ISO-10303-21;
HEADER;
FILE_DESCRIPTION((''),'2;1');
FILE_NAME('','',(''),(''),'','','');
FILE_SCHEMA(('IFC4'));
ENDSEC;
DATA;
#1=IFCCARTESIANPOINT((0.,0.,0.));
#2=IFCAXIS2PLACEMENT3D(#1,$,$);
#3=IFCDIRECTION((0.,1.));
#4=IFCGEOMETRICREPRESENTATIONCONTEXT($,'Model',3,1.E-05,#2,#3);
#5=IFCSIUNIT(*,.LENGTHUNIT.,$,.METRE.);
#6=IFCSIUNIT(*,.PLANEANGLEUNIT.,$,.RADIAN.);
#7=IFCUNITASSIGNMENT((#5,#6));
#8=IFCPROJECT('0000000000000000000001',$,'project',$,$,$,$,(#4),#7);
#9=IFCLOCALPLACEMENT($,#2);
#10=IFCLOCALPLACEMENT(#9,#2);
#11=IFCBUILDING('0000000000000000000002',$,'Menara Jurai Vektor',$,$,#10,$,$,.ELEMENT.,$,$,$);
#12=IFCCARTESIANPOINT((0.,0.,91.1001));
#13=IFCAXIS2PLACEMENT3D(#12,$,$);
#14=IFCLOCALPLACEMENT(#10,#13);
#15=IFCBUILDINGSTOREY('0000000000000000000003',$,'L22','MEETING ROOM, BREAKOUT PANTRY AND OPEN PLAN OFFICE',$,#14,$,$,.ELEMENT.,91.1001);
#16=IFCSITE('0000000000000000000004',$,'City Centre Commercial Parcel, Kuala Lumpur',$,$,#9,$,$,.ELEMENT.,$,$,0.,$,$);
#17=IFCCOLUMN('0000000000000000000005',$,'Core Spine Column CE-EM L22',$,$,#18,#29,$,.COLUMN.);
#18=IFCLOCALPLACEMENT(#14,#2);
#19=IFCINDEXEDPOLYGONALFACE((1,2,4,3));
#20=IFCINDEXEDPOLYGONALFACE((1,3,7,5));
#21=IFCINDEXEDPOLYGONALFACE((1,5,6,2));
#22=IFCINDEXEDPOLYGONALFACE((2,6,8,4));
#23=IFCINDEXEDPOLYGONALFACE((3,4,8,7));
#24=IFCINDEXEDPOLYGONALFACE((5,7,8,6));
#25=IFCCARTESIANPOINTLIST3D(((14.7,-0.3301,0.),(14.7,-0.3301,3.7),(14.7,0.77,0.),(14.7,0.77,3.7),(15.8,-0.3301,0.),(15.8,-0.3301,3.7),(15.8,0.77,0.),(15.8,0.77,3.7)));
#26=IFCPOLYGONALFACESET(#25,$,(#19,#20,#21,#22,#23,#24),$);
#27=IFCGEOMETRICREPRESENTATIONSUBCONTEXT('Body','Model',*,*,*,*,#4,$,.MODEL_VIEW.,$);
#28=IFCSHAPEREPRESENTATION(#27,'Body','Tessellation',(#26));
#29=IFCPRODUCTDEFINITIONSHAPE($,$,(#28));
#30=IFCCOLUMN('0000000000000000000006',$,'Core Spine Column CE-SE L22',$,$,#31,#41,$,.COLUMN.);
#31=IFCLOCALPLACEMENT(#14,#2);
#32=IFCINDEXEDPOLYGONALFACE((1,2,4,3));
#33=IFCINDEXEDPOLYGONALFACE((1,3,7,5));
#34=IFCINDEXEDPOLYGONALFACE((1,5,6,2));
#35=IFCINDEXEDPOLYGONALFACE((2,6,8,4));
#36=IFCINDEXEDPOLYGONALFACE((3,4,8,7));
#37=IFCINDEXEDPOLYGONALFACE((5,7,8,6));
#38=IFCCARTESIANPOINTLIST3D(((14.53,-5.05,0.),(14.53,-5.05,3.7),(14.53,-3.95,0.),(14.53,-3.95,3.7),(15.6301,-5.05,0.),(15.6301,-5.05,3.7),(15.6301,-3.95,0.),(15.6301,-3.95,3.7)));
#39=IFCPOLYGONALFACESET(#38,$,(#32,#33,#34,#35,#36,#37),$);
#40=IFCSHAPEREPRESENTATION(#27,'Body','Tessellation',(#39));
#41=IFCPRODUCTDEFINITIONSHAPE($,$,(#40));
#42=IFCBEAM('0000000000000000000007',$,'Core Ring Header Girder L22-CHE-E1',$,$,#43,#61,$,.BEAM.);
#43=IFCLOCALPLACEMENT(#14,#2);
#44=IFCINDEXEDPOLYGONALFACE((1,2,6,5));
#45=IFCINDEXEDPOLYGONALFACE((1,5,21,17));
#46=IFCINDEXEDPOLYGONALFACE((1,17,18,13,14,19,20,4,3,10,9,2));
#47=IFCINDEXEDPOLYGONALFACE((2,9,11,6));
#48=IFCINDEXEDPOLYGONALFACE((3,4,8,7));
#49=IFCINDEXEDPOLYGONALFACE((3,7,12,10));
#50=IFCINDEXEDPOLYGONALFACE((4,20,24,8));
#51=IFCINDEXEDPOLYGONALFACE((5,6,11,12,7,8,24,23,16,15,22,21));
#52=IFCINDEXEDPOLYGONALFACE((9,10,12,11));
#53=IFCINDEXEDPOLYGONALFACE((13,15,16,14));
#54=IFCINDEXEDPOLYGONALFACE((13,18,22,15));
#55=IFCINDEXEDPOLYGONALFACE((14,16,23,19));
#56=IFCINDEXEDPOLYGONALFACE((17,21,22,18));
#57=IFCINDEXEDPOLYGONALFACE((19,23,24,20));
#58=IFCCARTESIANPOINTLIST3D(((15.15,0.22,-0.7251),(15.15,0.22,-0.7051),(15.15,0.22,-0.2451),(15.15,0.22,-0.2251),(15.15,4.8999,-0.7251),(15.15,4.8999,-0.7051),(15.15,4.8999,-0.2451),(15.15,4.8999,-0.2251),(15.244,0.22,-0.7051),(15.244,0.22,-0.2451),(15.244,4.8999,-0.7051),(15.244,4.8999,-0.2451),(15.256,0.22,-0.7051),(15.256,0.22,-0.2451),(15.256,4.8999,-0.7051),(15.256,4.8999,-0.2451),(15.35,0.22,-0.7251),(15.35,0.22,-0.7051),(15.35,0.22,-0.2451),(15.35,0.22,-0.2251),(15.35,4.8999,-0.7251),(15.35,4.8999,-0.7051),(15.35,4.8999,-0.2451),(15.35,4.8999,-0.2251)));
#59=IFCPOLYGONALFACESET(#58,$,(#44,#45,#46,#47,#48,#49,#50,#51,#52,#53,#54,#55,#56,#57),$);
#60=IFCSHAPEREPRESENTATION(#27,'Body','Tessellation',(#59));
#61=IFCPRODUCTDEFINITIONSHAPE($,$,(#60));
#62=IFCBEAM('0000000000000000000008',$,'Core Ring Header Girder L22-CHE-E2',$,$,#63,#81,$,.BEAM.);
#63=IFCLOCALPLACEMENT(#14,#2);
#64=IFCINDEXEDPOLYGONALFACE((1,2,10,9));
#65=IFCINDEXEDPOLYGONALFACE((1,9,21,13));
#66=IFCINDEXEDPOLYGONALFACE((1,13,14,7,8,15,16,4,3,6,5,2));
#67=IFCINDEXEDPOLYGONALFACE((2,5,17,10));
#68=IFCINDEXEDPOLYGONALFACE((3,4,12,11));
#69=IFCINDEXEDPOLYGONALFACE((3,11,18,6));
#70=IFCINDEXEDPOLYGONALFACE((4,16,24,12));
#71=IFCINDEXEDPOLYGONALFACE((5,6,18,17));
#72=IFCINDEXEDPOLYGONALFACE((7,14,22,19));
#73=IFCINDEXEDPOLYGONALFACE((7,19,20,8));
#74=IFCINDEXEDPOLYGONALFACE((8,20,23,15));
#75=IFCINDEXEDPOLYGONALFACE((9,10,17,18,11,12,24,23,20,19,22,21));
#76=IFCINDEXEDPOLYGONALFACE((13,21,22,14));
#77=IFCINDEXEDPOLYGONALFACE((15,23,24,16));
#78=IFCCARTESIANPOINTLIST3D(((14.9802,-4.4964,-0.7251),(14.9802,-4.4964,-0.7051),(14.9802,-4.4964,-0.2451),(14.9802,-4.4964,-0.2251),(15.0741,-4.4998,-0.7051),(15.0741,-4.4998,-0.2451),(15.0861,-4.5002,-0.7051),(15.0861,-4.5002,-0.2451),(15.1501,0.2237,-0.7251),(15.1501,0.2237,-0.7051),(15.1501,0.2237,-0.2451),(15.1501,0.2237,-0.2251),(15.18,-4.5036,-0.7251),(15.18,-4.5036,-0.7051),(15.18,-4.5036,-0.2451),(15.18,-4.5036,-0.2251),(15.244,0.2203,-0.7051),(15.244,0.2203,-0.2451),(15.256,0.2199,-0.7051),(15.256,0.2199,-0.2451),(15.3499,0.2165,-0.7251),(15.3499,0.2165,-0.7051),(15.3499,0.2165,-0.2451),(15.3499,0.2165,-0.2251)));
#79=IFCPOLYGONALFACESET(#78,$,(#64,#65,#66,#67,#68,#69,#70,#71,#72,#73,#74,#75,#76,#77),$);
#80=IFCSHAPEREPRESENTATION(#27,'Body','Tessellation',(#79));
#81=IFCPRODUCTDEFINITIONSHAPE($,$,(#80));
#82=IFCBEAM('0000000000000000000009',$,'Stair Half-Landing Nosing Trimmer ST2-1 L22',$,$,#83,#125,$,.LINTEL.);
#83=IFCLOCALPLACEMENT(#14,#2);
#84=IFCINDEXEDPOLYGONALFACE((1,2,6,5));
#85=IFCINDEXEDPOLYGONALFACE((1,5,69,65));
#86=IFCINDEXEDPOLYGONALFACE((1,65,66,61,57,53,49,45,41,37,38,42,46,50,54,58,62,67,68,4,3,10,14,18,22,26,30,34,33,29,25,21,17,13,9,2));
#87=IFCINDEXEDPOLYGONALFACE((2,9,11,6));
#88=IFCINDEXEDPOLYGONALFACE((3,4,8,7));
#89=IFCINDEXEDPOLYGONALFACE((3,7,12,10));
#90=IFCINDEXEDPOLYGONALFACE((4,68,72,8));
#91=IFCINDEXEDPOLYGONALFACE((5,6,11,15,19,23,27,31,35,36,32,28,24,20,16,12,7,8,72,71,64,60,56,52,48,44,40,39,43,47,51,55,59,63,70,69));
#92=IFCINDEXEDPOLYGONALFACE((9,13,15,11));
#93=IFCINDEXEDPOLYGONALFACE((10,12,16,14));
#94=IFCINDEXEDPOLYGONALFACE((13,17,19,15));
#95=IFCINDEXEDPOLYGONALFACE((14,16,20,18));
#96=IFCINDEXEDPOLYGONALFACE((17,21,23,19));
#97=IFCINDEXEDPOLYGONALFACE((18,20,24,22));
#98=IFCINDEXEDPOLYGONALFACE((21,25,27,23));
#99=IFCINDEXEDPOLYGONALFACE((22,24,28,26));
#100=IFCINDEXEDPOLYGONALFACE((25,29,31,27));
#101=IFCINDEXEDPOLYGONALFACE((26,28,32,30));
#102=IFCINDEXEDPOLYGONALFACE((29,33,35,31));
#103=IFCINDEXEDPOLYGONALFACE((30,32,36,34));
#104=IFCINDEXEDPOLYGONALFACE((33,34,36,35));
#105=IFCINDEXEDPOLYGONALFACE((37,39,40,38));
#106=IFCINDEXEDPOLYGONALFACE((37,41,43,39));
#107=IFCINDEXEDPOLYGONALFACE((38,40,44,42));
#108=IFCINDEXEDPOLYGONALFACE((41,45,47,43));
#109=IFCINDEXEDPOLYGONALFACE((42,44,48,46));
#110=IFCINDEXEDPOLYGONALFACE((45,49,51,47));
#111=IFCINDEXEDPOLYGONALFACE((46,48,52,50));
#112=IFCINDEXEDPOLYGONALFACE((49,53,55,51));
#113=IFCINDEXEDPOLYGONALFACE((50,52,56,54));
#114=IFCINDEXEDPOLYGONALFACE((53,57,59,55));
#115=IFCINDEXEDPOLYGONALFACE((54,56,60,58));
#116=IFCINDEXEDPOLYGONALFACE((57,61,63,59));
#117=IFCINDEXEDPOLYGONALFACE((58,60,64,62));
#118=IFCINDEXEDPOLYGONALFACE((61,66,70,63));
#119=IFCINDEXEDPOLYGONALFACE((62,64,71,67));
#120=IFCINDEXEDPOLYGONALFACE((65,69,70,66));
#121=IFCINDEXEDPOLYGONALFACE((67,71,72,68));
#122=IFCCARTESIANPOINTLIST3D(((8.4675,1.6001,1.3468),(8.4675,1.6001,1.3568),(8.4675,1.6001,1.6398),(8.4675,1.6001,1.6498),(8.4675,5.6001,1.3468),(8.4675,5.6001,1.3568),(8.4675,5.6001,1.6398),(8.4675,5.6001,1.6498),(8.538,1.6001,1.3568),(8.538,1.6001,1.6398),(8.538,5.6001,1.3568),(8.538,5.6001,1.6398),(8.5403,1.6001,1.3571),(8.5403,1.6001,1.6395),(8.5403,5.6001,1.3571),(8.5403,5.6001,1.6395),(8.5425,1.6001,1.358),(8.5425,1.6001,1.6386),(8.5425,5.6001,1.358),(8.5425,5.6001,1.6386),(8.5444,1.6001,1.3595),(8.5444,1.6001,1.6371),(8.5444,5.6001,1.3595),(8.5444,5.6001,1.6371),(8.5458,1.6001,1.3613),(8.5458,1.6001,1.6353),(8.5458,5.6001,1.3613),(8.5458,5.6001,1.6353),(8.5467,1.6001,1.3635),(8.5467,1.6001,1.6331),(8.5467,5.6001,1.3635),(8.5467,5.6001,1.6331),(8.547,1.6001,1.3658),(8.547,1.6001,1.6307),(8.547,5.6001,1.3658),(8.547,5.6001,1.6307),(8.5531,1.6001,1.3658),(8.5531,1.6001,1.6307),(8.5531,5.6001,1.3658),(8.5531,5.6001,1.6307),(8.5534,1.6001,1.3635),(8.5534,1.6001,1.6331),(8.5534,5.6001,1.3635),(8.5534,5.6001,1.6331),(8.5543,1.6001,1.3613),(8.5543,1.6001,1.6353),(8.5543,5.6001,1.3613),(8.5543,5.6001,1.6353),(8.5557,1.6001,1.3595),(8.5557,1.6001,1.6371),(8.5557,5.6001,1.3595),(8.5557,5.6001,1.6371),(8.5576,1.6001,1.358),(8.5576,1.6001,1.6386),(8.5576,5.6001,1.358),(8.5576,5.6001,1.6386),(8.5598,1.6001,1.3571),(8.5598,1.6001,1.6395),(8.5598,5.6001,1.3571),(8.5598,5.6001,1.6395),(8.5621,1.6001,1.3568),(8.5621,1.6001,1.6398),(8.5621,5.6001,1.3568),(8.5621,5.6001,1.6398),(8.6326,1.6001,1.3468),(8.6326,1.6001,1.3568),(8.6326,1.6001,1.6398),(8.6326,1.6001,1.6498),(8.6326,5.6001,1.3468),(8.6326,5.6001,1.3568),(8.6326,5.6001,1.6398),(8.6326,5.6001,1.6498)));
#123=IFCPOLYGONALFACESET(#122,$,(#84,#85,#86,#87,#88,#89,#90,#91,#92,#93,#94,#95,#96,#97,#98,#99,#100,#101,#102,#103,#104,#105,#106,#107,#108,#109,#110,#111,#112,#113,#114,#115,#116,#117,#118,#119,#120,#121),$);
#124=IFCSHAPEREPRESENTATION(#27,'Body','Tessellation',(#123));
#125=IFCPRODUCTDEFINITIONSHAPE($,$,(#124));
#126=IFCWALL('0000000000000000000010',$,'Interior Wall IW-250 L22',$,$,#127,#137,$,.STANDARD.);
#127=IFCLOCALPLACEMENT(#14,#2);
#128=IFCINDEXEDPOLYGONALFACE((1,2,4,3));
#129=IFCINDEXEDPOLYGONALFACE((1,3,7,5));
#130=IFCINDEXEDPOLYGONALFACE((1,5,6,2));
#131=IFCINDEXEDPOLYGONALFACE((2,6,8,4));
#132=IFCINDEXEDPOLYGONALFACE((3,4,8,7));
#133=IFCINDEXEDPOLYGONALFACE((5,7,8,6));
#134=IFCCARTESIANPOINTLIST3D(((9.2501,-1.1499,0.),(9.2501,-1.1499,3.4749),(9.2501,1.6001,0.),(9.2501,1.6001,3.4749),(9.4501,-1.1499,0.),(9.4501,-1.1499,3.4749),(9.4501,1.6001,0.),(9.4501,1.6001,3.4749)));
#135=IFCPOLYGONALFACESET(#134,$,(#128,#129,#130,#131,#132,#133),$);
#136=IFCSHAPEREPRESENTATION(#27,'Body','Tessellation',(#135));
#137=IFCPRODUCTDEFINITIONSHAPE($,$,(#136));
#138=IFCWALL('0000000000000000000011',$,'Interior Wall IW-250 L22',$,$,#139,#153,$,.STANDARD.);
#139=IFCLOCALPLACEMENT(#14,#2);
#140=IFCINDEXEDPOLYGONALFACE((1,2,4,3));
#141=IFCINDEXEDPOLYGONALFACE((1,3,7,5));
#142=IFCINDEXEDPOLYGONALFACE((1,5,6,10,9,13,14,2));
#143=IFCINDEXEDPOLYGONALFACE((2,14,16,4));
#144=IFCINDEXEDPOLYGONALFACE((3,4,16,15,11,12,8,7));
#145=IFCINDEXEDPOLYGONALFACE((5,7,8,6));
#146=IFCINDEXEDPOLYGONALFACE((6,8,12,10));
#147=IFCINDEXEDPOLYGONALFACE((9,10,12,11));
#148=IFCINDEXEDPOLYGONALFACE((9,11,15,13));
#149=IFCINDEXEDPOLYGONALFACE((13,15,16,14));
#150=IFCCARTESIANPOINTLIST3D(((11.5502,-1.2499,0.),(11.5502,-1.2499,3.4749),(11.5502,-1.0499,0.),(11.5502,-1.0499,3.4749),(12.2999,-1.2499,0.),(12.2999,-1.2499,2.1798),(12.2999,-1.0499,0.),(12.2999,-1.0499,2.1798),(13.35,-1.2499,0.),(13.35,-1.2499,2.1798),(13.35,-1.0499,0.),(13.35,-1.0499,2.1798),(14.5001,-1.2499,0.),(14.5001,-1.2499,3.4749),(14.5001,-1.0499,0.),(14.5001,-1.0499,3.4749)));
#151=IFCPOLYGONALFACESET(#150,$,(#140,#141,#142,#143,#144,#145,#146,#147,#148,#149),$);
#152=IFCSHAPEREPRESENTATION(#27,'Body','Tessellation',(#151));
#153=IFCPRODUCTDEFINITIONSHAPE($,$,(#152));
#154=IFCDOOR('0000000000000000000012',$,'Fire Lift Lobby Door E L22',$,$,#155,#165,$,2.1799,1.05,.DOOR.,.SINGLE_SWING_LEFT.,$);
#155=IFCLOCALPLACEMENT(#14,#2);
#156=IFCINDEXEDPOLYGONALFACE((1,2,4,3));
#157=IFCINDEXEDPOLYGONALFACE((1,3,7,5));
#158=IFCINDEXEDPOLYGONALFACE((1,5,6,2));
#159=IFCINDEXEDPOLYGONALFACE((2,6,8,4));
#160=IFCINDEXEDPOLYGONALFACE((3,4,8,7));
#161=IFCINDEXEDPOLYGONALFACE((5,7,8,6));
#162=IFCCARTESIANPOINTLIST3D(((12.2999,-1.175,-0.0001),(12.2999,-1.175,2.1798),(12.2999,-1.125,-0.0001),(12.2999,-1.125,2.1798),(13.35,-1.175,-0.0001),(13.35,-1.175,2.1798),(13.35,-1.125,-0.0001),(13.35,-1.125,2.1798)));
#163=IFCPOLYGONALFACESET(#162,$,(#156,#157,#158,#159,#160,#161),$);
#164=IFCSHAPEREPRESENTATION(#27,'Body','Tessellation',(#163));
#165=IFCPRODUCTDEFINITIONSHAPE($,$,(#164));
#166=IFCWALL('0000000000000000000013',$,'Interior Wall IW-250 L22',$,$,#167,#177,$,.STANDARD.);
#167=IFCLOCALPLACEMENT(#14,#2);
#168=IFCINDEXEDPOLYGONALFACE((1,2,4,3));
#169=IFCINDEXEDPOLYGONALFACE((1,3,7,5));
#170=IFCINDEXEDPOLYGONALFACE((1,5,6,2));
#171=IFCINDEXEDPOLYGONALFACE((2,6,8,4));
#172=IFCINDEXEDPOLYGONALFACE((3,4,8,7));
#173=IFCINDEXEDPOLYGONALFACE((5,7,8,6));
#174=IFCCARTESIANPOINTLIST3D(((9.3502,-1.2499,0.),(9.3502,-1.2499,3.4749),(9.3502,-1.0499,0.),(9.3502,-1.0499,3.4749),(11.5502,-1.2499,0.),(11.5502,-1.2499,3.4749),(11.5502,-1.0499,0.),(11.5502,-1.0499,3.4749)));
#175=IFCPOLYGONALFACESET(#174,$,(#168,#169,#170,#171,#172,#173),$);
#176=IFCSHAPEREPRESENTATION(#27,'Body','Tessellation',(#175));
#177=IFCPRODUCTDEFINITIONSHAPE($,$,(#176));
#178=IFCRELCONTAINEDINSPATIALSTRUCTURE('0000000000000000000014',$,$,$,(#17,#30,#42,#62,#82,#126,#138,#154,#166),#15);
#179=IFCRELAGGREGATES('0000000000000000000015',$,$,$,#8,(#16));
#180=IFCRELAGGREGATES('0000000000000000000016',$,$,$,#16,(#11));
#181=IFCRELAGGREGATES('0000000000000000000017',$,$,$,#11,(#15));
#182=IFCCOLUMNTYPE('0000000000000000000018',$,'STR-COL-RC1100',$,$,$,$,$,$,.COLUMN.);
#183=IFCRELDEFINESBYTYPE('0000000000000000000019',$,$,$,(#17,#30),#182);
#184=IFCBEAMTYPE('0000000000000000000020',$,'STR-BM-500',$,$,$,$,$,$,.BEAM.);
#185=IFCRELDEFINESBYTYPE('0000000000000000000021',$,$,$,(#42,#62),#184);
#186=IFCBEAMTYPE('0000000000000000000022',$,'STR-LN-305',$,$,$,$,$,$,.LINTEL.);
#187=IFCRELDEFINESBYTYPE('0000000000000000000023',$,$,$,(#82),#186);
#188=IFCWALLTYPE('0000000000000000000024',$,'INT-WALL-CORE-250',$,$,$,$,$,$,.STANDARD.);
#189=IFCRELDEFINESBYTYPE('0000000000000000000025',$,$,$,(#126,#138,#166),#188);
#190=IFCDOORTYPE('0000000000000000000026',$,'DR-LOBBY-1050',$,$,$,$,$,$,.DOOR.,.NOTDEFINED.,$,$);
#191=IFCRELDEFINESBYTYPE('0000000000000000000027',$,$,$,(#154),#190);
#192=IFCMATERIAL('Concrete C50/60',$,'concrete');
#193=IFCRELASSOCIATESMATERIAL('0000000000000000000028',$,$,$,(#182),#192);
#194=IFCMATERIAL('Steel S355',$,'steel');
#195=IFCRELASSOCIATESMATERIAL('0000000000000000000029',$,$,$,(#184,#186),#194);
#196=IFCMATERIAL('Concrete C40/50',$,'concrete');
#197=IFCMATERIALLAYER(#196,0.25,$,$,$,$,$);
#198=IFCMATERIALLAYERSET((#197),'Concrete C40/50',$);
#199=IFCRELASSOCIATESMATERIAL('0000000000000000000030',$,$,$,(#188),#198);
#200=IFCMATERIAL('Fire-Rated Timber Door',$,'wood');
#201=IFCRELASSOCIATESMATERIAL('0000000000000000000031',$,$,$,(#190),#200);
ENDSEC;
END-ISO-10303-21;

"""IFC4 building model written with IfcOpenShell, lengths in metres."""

from ifc_helpers import new_model, si_unit, direction, frame, frame_2d, origin, origin_2d, place, context, subcontext, project, spatial, rectangle, i_section, extrude, material, layer, layer_set, material_profile, profile_set, type_object, element, fill, save


model = new_model("IFC4")

# Units and contexts
model_context = context("Model", 3, precision=1e-05, world=origin(), true_north=direction((0.0, 1.0)))
body_context = subcontext(model_context, "Body", "Model", "MODEL_VIEW")
ifc_project = project(units=[si_unit("LENGTHUNIT", "METRE"), si_unit("PLANEANGLEUNIT", "RADIAN")], contexts=[model_context])

# Site, building, storey
site_placement = place(None, origin())
site = spatial("IfcSite", under=ifc_project, at=site_placement, Name="City Centre Commercial Parcel, Kuala Lumpur", CompositionType="ELEMENT", RefElevation=0.0)
building_placement = place(site_placement, origin())
building = spatial("IfcBuilding", under=site, at=building_placement, Name="Menara Jurai Vektor", CompositionType="ELEMENT")
storey_placement = place(building_placement, frame((0.0, 0.0, 91.1001)))
storey = spatial("IfcBuildingStorey", under=building, at=storey_placement, Name="L22", Description="MEETING ROOM, BREAKOUT PANTRY AND OPEN PLAN OFFICE", CompositionType="ELEMENT", Elevation=91.1001)

# Columns
ifc_material_1 = material(Name="Concrete C50/60", Category="concrete")
ifc_material_profile_1 = material_profile(ifc_material_1, rectangle(XDim=1.1001, YDim=1.1001, at=origin_2d()), Name="RC 1100x1100")
ifc_profile_set_1 = profile_set([ifc_material_profile_1], Name="Concrete C50/60")
column_type = type_object("IfcColumnType", Name="STR-COL-RC1100", PredefinedType="COLUMN", material=ifc_profile_set_1)
for number, where, z_axis, x_axis, name in (
    (1, (15.25, 0.22, 0.0), (0.0, 0.0, 1.0), (1.0, 0.0, 0.0), "Core Spine Column CE-EM L22"),
    (2, (15.0801, -4.5, 0.0), (0.0, 0.0, 1.0), (1.0, 0.0, 0.0), "Core Spine Column CE-SE L22"),
):
    element("IfcColumn", number, at=place(storey_placement, frame(where, z_axis=z_axis, x_axis=x_axis)), inside=storey, type_object=column_type, Name=name, PredefinedType="COLUMN", context=body_context, shape_type="SweptSolid", body=[
        extrude(rectangle(XDim=1.1001, YDim=1.1001, at=origin_2d()), origin(), (0.0, 0.0, 1.0), 3.7),
    ])

# Beams
ifc_material_2 = material(Name="Steel S355", Category="steel")
ifc_material_profile_2 = material_profile(ifc_material_2, i_section(OverallWidth=0.2, OverallDepth=0.5, WebThickness=0.012, FlangeThickness=0.02, at=origin_2d()), Name="PG 500x200x96")
ifc_profile_set_2 = profile_set([ifc_material_profile_2], Name="Steel S355")
beam_type_1 = type_object("IfcBeamType", Name="STR-BM-500", PredefinedType="BEAM", material=ifc_profile_set_2)
beam_1_placement = place(storey_placement, frame((15.25, 0.22, -0.4751), z_axis=(0.0, 1.0, 0.0), x_axis=(-1.0, 0.0, 0.0)))
element("IfcBeam", 3, at=beam_1_placement, inside=storey, type_object=beam_type_1, Name="Core Ring Header Girder L22-CHE-E1", PredefinedType="BEAM", context=body_context, shape_type="SweptSolid", body=[
    extrude(i_section(OverallWidth=0.2, OverallDepth=0.5, WebThickness=0.012, FlangeThickness=0.02, at=origin_2d()), origin(), (0.0, 0.0, 1.0), 4.6799),
])
beam_2_placement = place(storey_placement, frame((15.0801, -4.5, -0.4751), z_axis=(0.035977, 0.999353, 0.0), x_axis=(-0.999353, 0.035977, 0.0)))
element("IfcBeam", 4, at=beam_2_placement, inside=storey, type_object=beam_type_1, Name="Core Ring Header Girder L22-CHE-E2", PredefinedType="BEAM", context=body_context, shape_type="SweptSolid", body=[
    extrude(i_section(OverallWidth=0.2, OverallDepth=0.5, WebThickness=0.012, FlangeThickness=0.02, at=origin_2d()), origin(), (0.0, 0.0, 1.0), 4.7231),
])
ifc_material_profile_3 = material_profile(ifc_material_2, i_section(OverallWidth=0.165, OverallDepth=0.303, WebThickness=0.0061, FlangeThickness=0.01, FilletRadius=0.009, at=origin_2d()), Name="UKB 305x165x40")
ifc_profile_set_3 = profile_set([ifc_material_profile_3], Name="Steel S355")
beam_type_2 = type_object("IfcBeamType", Name="STR-LN-305", PredefinedType="LINTEL", material=ifc_profile_set_3)
beam_3_placement = place(storey_placement, frame((8.55, 1.6001, 1.4983), z_axis=(0.0, 1.0, 0.0), x_axis=(-1.0, 0.0, 0.0)))
element("IfcBeam", 5, at=beam_3_placement, inside=storey, type_object=beam_type_2, Name="Stair Half-Landing Nosing Trimmer ST2-1 L22", PredefinedType="LINTEL", context=body_context, shape_type="SweptSolid", body=[
    extrude(i_section(OverallWidth=0.165, OverallDepth=0.303, WebThickness=0.0061, FlangeThickness=0.01, FilletRadius=0.009, at=origin_2d()), origin(), (0.0, 0.0, 1.0), 4.0),
])

# Shared definitions
ifc_material_3 = material(Name="Concrete C40/50", Category="concrete")
ifc_layer_1 = layer(ifc_material_3, 0.25)
ifc_layer_set_1 = layer_set([ifc_layer_1], Name="Concrete C40/50")
wall_type_1 = type_object("IfcWallType", Name="INT-WALL-CORE-250", PredefinedType="STANDARD", material=ifc_layer_set_1)

# Wall
wall_1_placement = place(storey_placement, frame((9.3501, -1.1499, 0.0), z_axis=(0.0, 0.0, 1.0), x_axis=(0.0, 1.0, 0.0)))
element("IfcWall", 6, at=wall_1_placement, inside=storey, type_object=wall_type_1, Name="Interior Wall IW-250 L22", PredefinedType="STANDARD", context=body_context, shape_type="SweptSolid", body=[
    extrude(rectangle(XDim=2.75, YDim=0.2, at=frame_2d((1.375, 0.0))), origin(), (0.0, 0.0, 1.0), 3.4749),
])

# Wall, opening, door
wall_2_placement = place(storey_placement, frame((11.55, -1.1499, 0.0), z_axis=(0.0, 0.0, 1.0), x_axis=(1.0, 0.0, 0.0)))
wall_2 = element("IfcWall", 7, at=wall_2_placement, inside=storey, type_object=wall_type_1, Name="Interior Wall IW-250 L22", PredefinedType="STANDARD", context=body_context, shape_type="SweptSolid", body=[
    extrude(rectangle(XDim=2.95, YDim=0.2, at=frame_2d((1.4751, 0.0))), origin(), (0.0, 0.0, 1.0), 3.4749),
])
opening_1_placement = place(wall_2_placement, frame((0.75, 0.0, 0.0)))
opening_1 = element("IfcOpeningElement", 8, at=opening_1_placement, cuts=wall_2, PredefinedType="OPENING", context=body_context, shape_type="SweptSolid", body=[
    extrude(rectangle(XDim=1.05, YDim=2.1799, at=frame_2d((0.5249, 1.0898))), frame((0.0, 0.1099, 0.0), z_axis=(0.0, -1.0, 0.0), x_axis=(1.0, 0.0, 0.0)), (0.0, 0.0, 1.0), 0.22),
])
ifc_material_4 = material(Name="Fire-Rated Timber Door", Category="wood")
door_type_1 = type_object("IfcDoorType", Name="DR-LOBBY-1050", OperationType="NOTDEFINED", PredefinedType="DOOR", material=ifc_material_4)
door_1_placement = place(opening_1_placement, origin())
door_1 = element("IfcDoor", 9, at=door_1_placement, inside=storey, type_object=door_type_1, Name="Fire Lift Lobby Door E L22", OperationType="SINGLE_SWING_LEFT", OverallHeight=2.1799, OverallWidth=1.05, PredefinedType="DOOR", context=body_context, shape_type="SweptSolid", body=[
    extrude(rectangle(XDim=1.05, YDim=2.1799, at=frame_2d((0.5249, 1.0898))), frame((0.0, 0.0249, 0.0), z_axis=(0.0, -1.0, 0.0), x_axis=(1.0, 0.0, 0.0)), (0.0, 0.0, 1.0), 0.05),
])
fill(opening_1, door_1)

# Wall
wall_3_placement = place(storey_placement, frame((9.3501, -1.1499, 0.0), z_axis=(0.0, 0.0, 1.0), x_axis=(1.0, 0.0, 0.0)))
element("IfcWall", 10, at=wall_3_placement, inside=storey, type_object=wall_type_1, Name="Interior Wall IW-250 L22", PredefinedType="STANDARD", context=body_context, shape_type="SweptSolid", body=[
    extrude(rectangle(XDim=2.2, YDim=0.2, at=frame_2d((1.1001, 0.0))), origin(), (0.0, 0.0, 1.0), 3.4749),
])

save(model, "model.ifc")
